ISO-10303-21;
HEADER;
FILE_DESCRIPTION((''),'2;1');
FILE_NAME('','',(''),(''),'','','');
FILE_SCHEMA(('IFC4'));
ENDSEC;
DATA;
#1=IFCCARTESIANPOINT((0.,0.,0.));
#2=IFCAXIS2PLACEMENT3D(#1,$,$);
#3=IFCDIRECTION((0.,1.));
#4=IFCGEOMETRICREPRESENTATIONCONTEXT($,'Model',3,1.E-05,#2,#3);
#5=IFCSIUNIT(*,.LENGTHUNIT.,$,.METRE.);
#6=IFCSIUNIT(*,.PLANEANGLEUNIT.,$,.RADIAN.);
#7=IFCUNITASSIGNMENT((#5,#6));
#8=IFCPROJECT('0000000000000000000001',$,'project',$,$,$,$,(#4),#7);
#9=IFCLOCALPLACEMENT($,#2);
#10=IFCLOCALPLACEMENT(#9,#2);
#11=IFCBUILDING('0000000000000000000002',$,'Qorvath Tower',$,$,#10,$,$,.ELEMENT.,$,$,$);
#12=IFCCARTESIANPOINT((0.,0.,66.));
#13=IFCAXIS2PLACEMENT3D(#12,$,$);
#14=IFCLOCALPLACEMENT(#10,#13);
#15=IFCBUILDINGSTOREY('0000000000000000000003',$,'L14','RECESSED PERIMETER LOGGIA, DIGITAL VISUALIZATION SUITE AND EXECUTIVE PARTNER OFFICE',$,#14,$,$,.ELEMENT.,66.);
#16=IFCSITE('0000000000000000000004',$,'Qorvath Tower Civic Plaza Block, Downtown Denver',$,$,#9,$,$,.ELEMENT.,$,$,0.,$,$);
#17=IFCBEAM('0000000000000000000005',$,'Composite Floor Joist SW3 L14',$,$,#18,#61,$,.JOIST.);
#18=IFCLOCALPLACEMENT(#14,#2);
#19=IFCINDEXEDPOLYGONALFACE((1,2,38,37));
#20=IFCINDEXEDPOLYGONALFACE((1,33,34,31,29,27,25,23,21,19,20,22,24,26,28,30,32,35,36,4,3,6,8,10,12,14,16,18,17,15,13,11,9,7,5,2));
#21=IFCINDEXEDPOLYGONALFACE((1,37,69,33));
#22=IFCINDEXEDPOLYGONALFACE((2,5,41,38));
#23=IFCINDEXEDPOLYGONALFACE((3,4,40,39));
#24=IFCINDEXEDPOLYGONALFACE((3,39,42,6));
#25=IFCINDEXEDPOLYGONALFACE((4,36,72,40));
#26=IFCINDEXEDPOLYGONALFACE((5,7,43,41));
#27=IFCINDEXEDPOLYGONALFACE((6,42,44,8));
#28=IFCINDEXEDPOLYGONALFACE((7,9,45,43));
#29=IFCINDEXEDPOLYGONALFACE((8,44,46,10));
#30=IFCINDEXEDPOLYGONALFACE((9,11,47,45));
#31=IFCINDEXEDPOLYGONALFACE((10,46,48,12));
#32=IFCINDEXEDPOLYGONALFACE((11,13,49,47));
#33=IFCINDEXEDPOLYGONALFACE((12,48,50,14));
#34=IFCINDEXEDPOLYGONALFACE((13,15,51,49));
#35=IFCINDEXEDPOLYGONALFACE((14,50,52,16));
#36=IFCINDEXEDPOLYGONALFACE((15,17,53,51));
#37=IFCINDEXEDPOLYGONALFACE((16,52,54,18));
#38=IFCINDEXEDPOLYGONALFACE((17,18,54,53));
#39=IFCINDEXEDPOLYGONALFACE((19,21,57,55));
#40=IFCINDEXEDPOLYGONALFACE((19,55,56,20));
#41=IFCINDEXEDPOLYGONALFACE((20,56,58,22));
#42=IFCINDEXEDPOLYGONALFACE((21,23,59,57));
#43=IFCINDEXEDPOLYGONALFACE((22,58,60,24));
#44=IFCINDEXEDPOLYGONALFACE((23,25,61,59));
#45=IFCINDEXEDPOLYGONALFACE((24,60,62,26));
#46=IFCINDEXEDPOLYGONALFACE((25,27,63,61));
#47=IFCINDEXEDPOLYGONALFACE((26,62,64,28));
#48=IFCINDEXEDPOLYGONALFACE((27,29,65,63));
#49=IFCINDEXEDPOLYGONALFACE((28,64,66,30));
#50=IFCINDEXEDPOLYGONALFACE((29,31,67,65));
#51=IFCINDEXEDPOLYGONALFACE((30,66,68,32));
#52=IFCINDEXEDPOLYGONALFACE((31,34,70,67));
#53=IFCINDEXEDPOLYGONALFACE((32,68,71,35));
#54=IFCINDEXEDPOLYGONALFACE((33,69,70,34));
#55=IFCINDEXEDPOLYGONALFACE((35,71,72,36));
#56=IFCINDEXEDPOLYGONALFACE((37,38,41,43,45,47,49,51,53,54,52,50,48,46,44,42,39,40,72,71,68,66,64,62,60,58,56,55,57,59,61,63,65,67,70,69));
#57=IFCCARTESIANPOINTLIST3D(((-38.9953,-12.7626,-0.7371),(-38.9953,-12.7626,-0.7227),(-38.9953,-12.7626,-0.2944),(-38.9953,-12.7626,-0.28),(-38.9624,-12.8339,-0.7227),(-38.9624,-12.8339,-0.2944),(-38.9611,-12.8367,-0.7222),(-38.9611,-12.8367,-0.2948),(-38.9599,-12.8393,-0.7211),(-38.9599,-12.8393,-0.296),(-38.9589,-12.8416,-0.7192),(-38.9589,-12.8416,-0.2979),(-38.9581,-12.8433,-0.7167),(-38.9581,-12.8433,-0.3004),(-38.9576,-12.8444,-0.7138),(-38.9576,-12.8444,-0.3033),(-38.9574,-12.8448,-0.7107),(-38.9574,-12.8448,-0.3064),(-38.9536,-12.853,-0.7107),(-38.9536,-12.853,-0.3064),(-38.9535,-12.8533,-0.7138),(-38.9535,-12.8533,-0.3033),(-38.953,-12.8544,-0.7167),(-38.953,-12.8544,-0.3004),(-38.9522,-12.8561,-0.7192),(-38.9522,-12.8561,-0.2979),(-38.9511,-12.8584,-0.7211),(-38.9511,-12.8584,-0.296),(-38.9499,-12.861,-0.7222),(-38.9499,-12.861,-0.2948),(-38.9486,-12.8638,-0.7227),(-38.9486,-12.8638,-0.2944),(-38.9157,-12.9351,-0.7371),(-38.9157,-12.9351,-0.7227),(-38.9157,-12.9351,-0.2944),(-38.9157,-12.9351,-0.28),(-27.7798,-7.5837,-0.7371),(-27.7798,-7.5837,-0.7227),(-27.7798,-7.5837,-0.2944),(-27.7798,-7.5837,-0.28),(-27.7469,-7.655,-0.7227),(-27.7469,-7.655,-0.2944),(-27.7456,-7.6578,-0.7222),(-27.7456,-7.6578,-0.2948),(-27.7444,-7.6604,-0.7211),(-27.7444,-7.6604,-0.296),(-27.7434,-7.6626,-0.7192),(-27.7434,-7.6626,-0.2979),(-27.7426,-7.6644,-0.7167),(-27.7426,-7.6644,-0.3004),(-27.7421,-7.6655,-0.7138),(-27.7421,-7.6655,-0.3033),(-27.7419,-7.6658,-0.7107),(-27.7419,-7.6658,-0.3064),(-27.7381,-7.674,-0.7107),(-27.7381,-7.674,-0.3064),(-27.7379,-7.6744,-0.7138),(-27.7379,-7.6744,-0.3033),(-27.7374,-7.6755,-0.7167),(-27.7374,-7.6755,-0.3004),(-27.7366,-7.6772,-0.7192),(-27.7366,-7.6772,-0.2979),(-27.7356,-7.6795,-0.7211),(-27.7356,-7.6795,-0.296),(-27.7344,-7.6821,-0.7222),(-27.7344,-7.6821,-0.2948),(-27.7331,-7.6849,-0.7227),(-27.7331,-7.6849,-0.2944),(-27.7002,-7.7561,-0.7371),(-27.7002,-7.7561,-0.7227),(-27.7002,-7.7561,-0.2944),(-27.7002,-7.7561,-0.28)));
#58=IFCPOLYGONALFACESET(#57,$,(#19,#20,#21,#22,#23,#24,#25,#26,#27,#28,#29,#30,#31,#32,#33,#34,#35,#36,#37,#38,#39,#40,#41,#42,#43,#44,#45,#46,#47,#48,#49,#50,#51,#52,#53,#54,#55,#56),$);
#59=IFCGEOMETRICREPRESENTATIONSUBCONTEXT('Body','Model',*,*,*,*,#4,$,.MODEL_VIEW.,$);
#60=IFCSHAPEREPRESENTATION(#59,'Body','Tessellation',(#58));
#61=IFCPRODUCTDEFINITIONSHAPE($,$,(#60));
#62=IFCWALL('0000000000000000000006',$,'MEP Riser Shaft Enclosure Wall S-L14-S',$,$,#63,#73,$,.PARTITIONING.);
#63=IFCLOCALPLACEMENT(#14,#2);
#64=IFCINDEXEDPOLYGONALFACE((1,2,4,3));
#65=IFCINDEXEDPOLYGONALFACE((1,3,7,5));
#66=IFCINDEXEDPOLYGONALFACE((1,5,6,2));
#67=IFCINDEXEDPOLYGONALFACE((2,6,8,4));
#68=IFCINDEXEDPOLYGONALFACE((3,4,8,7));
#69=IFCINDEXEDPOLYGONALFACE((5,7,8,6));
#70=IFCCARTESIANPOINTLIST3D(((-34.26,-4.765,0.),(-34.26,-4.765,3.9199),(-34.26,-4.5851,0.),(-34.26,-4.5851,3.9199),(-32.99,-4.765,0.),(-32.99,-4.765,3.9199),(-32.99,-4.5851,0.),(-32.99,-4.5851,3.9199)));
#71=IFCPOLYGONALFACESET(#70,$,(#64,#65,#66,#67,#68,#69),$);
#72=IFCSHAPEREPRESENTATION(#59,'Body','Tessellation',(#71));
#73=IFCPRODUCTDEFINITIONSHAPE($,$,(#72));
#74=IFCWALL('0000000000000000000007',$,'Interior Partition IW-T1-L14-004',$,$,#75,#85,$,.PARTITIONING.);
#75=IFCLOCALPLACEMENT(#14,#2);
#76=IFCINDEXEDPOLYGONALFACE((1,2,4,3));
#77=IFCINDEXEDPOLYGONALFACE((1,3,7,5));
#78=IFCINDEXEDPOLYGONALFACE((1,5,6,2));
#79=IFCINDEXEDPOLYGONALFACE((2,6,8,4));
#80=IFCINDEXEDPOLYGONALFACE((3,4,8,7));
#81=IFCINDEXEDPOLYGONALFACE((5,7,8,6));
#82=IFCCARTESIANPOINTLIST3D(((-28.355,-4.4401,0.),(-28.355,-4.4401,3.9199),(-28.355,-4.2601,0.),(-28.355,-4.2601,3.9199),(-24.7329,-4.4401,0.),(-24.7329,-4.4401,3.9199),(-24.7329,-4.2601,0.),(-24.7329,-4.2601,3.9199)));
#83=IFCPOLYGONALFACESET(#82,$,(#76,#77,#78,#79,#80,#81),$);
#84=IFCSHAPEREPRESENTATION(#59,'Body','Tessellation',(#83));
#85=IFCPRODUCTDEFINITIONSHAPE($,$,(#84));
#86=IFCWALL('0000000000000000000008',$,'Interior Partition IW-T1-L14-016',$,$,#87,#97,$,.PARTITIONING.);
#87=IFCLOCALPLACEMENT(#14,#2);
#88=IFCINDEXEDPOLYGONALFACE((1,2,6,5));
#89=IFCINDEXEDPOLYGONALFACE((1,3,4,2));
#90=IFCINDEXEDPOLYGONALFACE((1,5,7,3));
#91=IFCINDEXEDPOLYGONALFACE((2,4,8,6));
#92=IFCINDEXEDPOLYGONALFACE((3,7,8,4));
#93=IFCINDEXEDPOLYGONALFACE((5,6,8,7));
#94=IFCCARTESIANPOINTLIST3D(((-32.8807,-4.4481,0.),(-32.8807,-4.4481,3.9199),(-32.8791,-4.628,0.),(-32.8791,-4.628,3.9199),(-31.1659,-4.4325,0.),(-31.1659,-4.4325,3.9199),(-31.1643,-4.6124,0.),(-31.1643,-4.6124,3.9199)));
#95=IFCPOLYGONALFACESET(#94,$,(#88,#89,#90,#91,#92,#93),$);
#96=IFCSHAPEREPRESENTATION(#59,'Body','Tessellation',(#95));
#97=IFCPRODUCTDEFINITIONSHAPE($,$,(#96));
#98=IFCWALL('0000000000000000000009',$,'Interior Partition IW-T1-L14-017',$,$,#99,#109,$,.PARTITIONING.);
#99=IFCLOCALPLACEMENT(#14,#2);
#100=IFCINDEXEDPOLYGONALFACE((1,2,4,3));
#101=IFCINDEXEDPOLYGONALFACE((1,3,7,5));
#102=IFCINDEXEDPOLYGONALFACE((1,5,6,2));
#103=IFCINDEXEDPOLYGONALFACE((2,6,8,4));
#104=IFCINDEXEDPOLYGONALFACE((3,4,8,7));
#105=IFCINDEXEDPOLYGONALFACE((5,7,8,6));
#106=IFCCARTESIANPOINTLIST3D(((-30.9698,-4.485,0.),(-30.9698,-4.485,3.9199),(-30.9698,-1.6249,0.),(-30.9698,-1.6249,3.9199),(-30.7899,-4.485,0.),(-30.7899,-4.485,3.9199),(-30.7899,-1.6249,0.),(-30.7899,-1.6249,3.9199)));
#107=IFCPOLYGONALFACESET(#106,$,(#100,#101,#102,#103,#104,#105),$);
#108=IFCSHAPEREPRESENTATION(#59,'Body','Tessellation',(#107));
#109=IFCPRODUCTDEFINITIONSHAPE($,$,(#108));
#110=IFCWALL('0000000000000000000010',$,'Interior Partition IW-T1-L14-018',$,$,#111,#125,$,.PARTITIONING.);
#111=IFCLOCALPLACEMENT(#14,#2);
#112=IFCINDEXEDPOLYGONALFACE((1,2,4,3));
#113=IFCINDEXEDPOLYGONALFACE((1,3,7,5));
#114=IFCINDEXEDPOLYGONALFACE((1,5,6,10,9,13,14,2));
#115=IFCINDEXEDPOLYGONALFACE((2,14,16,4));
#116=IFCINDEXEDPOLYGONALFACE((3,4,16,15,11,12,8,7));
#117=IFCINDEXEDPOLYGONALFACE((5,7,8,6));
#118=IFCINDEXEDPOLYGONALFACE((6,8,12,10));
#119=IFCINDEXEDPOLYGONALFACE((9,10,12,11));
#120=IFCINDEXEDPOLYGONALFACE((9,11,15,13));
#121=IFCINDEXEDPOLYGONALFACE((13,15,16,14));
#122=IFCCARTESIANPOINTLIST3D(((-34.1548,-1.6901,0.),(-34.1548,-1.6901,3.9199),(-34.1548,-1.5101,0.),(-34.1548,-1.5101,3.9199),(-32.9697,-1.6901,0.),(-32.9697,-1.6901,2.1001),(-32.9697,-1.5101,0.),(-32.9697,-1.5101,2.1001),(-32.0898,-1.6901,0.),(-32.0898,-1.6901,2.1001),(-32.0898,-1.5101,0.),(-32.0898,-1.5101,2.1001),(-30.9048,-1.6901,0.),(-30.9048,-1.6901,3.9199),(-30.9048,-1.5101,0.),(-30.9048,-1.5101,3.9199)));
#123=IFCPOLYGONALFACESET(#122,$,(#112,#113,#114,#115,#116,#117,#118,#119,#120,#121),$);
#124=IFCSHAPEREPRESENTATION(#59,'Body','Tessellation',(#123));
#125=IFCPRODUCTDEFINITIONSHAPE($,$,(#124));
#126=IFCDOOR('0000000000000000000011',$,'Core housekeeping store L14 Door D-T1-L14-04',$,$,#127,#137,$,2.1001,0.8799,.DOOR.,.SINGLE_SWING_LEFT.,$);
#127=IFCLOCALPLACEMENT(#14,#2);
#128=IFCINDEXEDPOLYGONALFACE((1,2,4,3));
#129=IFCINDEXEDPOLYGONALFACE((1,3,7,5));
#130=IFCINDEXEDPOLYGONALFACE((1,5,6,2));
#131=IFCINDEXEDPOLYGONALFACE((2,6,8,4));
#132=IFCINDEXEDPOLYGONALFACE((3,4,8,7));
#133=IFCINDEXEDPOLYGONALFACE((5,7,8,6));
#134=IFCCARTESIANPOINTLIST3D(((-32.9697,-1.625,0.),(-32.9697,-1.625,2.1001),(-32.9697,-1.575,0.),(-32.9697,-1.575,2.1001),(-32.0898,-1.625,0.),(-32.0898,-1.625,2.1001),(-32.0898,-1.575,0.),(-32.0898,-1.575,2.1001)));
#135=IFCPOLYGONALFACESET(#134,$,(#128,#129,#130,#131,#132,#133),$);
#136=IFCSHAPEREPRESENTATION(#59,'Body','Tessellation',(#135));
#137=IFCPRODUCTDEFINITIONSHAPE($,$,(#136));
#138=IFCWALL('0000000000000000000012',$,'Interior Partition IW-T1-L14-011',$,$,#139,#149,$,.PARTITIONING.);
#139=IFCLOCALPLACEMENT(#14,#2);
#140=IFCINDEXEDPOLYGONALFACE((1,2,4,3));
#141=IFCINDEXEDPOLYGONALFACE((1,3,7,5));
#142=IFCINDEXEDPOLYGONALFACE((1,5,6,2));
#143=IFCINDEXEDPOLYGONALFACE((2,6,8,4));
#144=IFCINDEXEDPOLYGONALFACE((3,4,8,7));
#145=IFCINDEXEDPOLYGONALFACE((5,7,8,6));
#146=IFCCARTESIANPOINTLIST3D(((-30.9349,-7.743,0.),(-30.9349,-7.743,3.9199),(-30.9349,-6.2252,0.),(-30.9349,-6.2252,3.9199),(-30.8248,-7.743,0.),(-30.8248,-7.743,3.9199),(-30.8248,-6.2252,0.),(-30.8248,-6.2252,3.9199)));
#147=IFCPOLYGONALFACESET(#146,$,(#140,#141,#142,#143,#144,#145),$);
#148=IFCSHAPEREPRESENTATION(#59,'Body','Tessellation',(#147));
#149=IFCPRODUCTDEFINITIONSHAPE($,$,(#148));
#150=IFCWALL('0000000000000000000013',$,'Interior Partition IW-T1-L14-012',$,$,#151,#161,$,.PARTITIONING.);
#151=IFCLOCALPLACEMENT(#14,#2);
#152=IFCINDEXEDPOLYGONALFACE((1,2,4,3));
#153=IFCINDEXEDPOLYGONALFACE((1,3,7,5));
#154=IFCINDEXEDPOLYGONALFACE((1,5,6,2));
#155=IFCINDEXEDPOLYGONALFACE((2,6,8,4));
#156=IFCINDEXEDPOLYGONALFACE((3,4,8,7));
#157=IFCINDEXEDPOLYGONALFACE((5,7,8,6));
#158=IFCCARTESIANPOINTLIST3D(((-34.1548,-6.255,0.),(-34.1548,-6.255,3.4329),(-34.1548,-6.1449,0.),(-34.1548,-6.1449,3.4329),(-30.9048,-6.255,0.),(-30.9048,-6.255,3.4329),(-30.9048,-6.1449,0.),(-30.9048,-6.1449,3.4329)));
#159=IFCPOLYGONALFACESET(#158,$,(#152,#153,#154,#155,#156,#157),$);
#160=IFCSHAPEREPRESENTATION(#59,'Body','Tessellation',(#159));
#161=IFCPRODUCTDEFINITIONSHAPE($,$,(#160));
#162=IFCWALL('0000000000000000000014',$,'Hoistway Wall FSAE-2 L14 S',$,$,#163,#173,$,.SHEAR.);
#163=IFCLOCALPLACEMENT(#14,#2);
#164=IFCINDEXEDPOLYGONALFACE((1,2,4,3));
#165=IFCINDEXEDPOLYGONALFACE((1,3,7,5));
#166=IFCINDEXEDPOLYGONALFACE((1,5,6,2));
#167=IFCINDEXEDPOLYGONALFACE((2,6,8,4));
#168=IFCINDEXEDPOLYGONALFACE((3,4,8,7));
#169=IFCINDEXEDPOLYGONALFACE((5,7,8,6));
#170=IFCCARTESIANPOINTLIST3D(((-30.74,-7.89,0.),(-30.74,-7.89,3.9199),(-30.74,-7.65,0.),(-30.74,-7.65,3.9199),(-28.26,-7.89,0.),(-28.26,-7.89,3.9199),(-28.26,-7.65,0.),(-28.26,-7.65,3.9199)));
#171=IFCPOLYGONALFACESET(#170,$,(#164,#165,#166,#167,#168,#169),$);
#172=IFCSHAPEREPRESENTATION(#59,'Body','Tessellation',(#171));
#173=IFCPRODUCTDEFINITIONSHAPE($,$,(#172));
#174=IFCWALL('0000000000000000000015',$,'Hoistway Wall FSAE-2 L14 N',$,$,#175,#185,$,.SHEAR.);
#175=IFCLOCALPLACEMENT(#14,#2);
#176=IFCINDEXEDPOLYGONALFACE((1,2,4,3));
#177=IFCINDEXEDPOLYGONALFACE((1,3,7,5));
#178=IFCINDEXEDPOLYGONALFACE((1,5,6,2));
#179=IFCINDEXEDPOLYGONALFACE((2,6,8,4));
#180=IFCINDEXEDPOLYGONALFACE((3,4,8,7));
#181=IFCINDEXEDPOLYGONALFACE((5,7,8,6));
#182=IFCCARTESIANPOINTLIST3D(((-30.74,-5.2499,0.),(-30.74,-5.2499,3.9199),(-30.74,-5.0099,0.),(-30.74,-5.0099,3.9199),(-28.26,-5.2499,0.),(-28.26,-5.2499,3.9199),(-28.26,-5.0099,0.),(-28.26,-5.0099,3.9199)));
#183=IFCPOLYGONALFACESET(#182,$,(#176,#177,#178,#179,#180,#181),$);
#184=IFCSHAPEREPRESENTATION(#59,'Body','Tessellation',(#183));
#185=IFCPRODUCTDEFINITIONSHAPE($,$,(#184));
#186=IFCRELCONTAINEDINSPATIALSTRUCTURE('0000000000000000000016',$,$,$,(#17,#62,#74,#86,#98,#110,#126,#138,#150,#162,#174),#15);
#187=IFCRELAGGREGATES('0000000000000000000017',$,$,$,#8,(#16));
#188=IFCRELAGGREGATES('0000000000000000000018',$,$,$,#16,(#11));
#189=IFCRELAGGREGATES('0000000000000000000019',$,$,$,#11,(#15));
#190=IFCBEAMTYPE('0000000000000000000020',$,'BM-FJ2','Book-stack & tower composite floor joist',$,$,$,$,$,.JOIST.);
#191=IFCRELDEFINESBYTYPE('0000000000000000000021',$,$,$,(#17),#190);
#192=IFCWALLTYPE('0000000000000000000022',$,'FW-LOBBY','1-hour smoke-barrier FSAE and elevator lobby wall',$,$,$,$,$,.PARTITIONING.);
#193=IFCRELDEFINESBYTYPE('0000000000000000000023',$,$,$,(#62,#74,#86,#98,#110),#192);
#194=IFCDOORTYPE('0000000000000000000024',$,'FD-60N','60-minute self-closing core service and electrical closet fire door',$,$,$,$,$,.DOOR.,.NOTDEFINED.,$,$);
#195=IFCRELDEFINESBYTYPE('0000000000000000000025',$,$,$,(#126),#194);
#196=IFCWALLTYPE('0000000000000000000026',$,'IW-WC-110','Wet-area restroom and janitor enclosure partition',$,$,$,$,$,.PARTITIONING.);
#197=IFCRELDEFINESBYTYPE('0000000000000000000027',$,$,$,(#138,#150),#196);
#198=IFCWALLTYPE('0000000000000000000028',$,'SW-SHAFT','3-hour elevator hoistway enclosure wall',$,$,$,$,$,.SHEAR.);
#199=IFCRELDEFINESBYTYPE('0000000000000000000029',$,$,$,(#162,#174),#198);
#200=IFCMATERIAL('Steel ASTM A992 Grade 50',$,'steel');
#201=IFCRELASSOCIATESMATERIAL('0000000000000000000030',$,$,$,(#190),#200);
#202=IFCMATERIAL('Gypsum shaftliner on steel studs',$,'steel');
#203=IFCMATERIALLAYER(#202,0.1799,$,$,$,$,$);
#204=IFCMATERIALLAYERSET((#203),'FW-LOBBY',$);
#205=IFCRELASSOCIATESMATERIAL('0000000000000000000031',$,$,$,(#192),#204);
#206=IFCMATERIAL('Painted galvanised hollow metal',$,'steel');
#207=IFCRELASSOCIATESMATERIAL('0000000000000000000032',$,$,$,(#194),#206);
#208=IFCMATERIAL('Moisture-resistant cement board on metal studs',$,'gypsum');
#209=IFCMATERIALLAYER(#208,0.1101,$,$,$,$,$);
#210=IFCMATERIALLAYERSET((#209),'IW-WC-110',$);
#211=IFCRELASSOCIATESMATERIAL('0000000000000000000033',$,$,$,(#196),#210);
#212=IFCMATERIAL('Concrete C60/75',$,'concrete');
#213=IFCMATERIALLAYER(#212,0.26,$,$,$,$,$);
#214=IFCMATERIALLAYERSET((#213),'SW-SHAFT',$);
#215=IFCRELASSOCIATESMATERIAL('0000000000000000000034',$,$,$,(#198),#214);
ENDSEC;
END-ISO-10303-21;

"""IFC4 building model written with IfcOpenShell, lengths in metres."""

from ifc_helpers import new_model, si_unit, direction, frame, frame_2d, origin, origin_2d, place, context, subcontext, project, spatial, rectangle, i_section, extrude, material, layer, layer_set, material_profile, profile_set, type_object, element, fill, save


model = new_model("IFC4")

# Units and contexts
model_context = context("Model", 3, precision=1e-05, world=origin(), true_north=direction((0.0, 1.0)))
body_context = subcontext(model_context, "Body", "Model", "MODEL_VIEW")
ifc_project = project(units=[si_unit("LENGTHUNIT", "METRE"), si_unit("PLANEANGLEUNIT", "RADIAN")], contexts=[model_context])

# Site, building, storey
site_placement = place(None, origin())
site = spatial("IfcSite", under=ifc_project, at=site_placement, Name="Qorvath Tower Civic Plaza Block, Downtown Denver", CompositionType="ELEMENT", RefElevation=0.0)
building_placement = place(site_placement, origin())
building = spatial("IfcBuilding", under=site, at=building_placement, Name="Qorvath Tower", CompositionType="ELEMENT")
storey_placement = place(building_placement, frame((0.0, 0.0, 66.0)))
storey = spatial("IfcBuildingStorey", under=building, at=storey_placement, Name="L14", Description="RECESSED PERIMETER LOGGIA, DIGITAL VISUALIZATION SUITE AND EXECUTIVE PARTNER OFFICE", CompositionType="ELEMENT", Elevation=66.0)

# Beam
ifc_material_1 = material(Name="Steel ASTM A992 Grade 50", Category="steel")
ifc_material_profile_1 = material_profile(ifc_material_1, i_section(OverallWidth=0.1899, OverallDepth=0.457, WebThickness=0.009, FlangeThickness=0.0144, FilletRadius=0.012, at=origin_2d()), Name="W18x50")
ifc_profile_set_1 = profile_set([ifc_material_profile_1], Name="Steel ASTM A992 Grade 50")
beam_type_1 = type_object("IfcBeamType", Name="BM-FJ2", Description="Book-stack & tower composite floor joist", PredefinedType="JOIST", material=ifc_profile_set_1)
beam_1_placement = place(storey_placement, frame((-27.74, -7.6699, -0.5085), z_axis=(-0.907881, -0.419227, 0.0), x_axis=(0.419227, -0.907881, 0.0)))
element("IfcBeam", 1, at=beam_1_placement, inside=storey, type_object=beam_type_1, Name="Composite Floor Joist SW3 L14", PredefinedType="JOIST", context=body_context, shape_type="SweptSolid", body=[
    extrude(i_section(OverallWidth=0.1899, OverallDepth=0.457, WebThickness=0.009, FlangeThickness=0.0144, FilletRadius=0.012, at=origin_2d()), origin(), (0.0, 0.0, 1.0), 12.3535),
])

# Wall
ifc_material_2 = material(Name="Gypsum shaftliner on steel studs", Category="steel")
ifc_layer_1 = layer(ifc_material_2, 0.1799)
ifc_layer_set_1 = layer_set([ifc_layer_1], Name="FW-LOBBY")
wall_type_1 = type_object("IfcWallType", Name="FW-LOBBY", Description="1-hour smoke-barrier FSAE and elevator lobby wall", PredefinedType="PARTITIONING", material=ifc_layer_set_1)
wall_1_placement = place(storey_placement, frame((-32.99, -4.675, 0.0), z_axis=(0.0, 0.0, 1.0), x_axis=(-1.0, 0.0, 0.0)))
element("IfcWall", 2, at=wall_1_placement, inside=storey, type_object=wall_type_1, Name="MEP Riser Shaft Enclosure Wall S-L14-S", PredefinedType="PARTITIONING", context=body_context, shape_type="SweptSolid", body=[
    extrude(rectangle(XDim=1.27, YDim=0.1799, at=frame_2d((0.635, 0.0))), origin(), (0.0, 0.0, 1.0), 3.9199),
])

# Walls
wall_2_placement = place(storey_placement, frame((-24.7329, -4.3501, 0.0), z_axis=(0.0, 0.0, 1.0), x_axis=(-1.0, 0.0, 0.0)))
element("IfcWall", 3, at=wall_2_placement, inside=storey, type_object=wall_type_1, Name="Interior Partition IW-T1-L14-004", PredefinedType="PARTITIONING", context=body_context, shape_type="SweptSolid", body=[
    extrude(rectangle(XDim=3.6221, YDim=0.1799, at=frame_2d((1.811, 0.0))), origin(), (0.0, 0.0, 1.0), 3.9199),
])
wall_3_placement = place(storey_placement, frame((-32.8799, -4.5381, 0.0), z_axis=(0.0, 0.0, 1.0), x_axis=(0.999958, 0.009111, 0.0)))
element("IfcWall", 4, at=wall_3_placement, inside=storey, type_object=wall_type_1, Name="Interior Partition IW-T1-L14-016", PredefinedType="PARTITIONING", context=body_context, shape_type="SweptSolid", body=[
    extrude(rectangle(XDim=1.7148, YDim=0.1799, at=frame_2d((0.8574, 0.0))), origin(), (0.0, 0.0, 1.0), 3.9199),
])
wall_4_placement = place(storey_placement, frame((-30.8799, -4.4851, 0.0), z_axis=(0.0, 0.0, 1.0), x_axis=(0.0, 1.0, 0.0)))
element("IfcWall", 5, at=wall_4_placement, inside=storey, type_object=wall_type_1, Name="Interior Partition IW-T1-L14-017", PredefinedType="PARTITIONING", context=body_context, shape_type="SweptSolid", body=[
    extrude(rectangle(XDim=2.8601, YDim=0.1799, at=frame_2d((1.4302, 0.0))), origin(), (0.0, 0.0, 1.0), 3.9199),
])

# Wall, opening, door
wall_5_placement = place(storey_placement, frame((-30.9048, -1.6001, 0.0), z_axis=(0.0, 0.0, 1.0), x_axis=(-1.0, 0.0, 0.0)))
wall_5 = element("IfcWall", 6, at=wall_5_placement, inside=storey, type_object=wall_type_1, Name="Interior Partition IW-T1-L14-018", PredefinedType="PARTITIONING", context=body_context, shape_type="SweptSolid", body=[
    extrude(rectangle(XDim=3.25, YDim=0.1799, at=frame_2d((1.625, 0.0))), origin(), (0.0, 0.0, 1.0), 3.9199),
])
opening_1_placement = place(wall_5_placement, frame((1.1851, 0.0, 0.0)))
opening_1 = element("IfcOpeningElement", 7, at=opening_1_placement, cuts=wall_5, PredefinedType="OPENING", context=body_context, shape_type="SweptSolid", body=[
    extrude(rectangle(XDim=0.8799, YDim=2.1001, at=frame_2d((0.4399, 1.05))), frame((0.0, 0.1001, 0.0), z_axis=(0.0, -1.0, 0.0), x_axis=(1.0, 0.0, 0.0)), (0.0, 0.0, 1.0), 0.2),
])
ifc_material_3 = material(Name="Painted galvanised hollow metal", Category="steel")
door_type_1 = type_object("IfcDoorType", Name="FD-60N", Description="60-minute self-closing core service and electrical closet fire door", OperationType="NOTDEFINED", PredefinedType="DOOR", material=ifc_material_3)
door_1_placement = place(opening_1_placement, origin())
door_1 = element("IfcDoor", 8, at=door_1_placement, inside=storey, type_object=door_type_1, Name="Core housekeeping store L14 Door D-T1-L14-04", OperationType="SINGLE_SWING_LEFT", OverallHeight=2.1001, OverallWidth=0.8799, PredefinedType="DOOR", context=body_context, shape_type="SweptSolid", body=[
    extrude(rectangle(XDim=0.8799, YDim=2.1001, at=frame_2d((0.4399, 1.05))), frame((0.0, 0.0249, 0.0), z_axis=(0.0, -1.0, 0.0), x_axis=(1.0, 0.0, 0.0)), (0.0, 0.0, 1.0), 0.05),
])
fill(opening_1, door_1)

# Walls
ifc_material_4 = material(Name="Moisture-resistant cement board on metal studs", Category="gypsum")
ifc_layer_2 = layer(ifc_material_4, 0.1101)
ifc_layer_set_2 = layer_set([ifc_layer_2], Name="IW-WC-110")
wall_type_2 = type_object("IfcWallType", Name="IW-WC-110", Description="Wet-area restroom and janitor enclosure partition", PredefinedType="PARTITIONING", material=ifc_layer_set_2)
wall_6_placement = place(storey_placement, frame((-30.8799, -7.7429, 0.0), z_axis=(0.0, 0.0, 1.0), x_axis=(0.0, 1.0, 0.0)))
element("IfcWall", 9, at=wall_6_placement, inside=storey, type_object=wall_type_2, Name="Interior Partition IW-T1-L14-011", PredefinedType="PARTITIONING", context=body_context, shape_type="SweptSolid", body=[
    extrude(rectangle(XDim=1.5178, YDim=0.1101, at=frame_2d((0.7588, 0.0))), origin(), (0.0, 0.0, 1.0), 3.9199),
])
wall_7_placement = place(storey_placement, frame((-30.9048, -6.2, 0.0), z_axis=(0.0, 0.0, 1.0), x_axis=(-1.0, 0.0, 0.0)))
element("IfcWall", 10, at=wall_7_placement, inside=storey, type_object=wall_type_2, Name="Interior Partition IW-T1-L14-012", PredefinedType="PARTITIONING", context=body_context, shape_type="SweptSolid", body=[
    extrude(rectangle(XDim=3.25, YDim=0.1101, at=frame_2d((1.625, 0.0))), origin(), (0.0, 0.0, 1.0), 3.4329),
])
ifc_material_5 = material(Name="Concrete C60/75", Category="concrete")
ifc_layer_3 = layer(ifc_material_5, 0.26)
ifc_layer_set_3 = layer_set([ifc_layer_3], Name="SW-SHAFT")
wall_type_3 = type_object("IfcWallType", Name="SW-SHAFT", Description="3-hour elevator hoistway enclosure wall", PredefinedType="SHEAR", material=ifc_layer_set_3)
for number, where, z_axis, x_axis, name in (
    (11, (-28.26, -7.77, 0.0), (0.0, 0.0, 1.0), (-1.0, 0.0, 0.0), "Hoistway Wall FSAE-2 L14 S"),
    (12, (-30.74, -5.1299, 0.0), (0.0, 0.0, 1.0), (1.0, 0.0, 0.0), "Hoistway Wall FSAE-2 L14 N"),
):
    element("IfcWall", number, at=place(storey_placement, frame(where, z_axis=z_axis, x_axis=x_axis)), inside=storey, type_object=wall_type_3, Name=name, PredefinedType="SHEAR", context=body_context, shape_type="SweptSolid", body=[
        extrude(rectangle(XDim=2.48, YDim=0.24, at=frame_2d((1.24, 0.0))), origin(), (0.0, 0.0, 1.0), 3.9199),
    ])

save(model, "model.ifc")
